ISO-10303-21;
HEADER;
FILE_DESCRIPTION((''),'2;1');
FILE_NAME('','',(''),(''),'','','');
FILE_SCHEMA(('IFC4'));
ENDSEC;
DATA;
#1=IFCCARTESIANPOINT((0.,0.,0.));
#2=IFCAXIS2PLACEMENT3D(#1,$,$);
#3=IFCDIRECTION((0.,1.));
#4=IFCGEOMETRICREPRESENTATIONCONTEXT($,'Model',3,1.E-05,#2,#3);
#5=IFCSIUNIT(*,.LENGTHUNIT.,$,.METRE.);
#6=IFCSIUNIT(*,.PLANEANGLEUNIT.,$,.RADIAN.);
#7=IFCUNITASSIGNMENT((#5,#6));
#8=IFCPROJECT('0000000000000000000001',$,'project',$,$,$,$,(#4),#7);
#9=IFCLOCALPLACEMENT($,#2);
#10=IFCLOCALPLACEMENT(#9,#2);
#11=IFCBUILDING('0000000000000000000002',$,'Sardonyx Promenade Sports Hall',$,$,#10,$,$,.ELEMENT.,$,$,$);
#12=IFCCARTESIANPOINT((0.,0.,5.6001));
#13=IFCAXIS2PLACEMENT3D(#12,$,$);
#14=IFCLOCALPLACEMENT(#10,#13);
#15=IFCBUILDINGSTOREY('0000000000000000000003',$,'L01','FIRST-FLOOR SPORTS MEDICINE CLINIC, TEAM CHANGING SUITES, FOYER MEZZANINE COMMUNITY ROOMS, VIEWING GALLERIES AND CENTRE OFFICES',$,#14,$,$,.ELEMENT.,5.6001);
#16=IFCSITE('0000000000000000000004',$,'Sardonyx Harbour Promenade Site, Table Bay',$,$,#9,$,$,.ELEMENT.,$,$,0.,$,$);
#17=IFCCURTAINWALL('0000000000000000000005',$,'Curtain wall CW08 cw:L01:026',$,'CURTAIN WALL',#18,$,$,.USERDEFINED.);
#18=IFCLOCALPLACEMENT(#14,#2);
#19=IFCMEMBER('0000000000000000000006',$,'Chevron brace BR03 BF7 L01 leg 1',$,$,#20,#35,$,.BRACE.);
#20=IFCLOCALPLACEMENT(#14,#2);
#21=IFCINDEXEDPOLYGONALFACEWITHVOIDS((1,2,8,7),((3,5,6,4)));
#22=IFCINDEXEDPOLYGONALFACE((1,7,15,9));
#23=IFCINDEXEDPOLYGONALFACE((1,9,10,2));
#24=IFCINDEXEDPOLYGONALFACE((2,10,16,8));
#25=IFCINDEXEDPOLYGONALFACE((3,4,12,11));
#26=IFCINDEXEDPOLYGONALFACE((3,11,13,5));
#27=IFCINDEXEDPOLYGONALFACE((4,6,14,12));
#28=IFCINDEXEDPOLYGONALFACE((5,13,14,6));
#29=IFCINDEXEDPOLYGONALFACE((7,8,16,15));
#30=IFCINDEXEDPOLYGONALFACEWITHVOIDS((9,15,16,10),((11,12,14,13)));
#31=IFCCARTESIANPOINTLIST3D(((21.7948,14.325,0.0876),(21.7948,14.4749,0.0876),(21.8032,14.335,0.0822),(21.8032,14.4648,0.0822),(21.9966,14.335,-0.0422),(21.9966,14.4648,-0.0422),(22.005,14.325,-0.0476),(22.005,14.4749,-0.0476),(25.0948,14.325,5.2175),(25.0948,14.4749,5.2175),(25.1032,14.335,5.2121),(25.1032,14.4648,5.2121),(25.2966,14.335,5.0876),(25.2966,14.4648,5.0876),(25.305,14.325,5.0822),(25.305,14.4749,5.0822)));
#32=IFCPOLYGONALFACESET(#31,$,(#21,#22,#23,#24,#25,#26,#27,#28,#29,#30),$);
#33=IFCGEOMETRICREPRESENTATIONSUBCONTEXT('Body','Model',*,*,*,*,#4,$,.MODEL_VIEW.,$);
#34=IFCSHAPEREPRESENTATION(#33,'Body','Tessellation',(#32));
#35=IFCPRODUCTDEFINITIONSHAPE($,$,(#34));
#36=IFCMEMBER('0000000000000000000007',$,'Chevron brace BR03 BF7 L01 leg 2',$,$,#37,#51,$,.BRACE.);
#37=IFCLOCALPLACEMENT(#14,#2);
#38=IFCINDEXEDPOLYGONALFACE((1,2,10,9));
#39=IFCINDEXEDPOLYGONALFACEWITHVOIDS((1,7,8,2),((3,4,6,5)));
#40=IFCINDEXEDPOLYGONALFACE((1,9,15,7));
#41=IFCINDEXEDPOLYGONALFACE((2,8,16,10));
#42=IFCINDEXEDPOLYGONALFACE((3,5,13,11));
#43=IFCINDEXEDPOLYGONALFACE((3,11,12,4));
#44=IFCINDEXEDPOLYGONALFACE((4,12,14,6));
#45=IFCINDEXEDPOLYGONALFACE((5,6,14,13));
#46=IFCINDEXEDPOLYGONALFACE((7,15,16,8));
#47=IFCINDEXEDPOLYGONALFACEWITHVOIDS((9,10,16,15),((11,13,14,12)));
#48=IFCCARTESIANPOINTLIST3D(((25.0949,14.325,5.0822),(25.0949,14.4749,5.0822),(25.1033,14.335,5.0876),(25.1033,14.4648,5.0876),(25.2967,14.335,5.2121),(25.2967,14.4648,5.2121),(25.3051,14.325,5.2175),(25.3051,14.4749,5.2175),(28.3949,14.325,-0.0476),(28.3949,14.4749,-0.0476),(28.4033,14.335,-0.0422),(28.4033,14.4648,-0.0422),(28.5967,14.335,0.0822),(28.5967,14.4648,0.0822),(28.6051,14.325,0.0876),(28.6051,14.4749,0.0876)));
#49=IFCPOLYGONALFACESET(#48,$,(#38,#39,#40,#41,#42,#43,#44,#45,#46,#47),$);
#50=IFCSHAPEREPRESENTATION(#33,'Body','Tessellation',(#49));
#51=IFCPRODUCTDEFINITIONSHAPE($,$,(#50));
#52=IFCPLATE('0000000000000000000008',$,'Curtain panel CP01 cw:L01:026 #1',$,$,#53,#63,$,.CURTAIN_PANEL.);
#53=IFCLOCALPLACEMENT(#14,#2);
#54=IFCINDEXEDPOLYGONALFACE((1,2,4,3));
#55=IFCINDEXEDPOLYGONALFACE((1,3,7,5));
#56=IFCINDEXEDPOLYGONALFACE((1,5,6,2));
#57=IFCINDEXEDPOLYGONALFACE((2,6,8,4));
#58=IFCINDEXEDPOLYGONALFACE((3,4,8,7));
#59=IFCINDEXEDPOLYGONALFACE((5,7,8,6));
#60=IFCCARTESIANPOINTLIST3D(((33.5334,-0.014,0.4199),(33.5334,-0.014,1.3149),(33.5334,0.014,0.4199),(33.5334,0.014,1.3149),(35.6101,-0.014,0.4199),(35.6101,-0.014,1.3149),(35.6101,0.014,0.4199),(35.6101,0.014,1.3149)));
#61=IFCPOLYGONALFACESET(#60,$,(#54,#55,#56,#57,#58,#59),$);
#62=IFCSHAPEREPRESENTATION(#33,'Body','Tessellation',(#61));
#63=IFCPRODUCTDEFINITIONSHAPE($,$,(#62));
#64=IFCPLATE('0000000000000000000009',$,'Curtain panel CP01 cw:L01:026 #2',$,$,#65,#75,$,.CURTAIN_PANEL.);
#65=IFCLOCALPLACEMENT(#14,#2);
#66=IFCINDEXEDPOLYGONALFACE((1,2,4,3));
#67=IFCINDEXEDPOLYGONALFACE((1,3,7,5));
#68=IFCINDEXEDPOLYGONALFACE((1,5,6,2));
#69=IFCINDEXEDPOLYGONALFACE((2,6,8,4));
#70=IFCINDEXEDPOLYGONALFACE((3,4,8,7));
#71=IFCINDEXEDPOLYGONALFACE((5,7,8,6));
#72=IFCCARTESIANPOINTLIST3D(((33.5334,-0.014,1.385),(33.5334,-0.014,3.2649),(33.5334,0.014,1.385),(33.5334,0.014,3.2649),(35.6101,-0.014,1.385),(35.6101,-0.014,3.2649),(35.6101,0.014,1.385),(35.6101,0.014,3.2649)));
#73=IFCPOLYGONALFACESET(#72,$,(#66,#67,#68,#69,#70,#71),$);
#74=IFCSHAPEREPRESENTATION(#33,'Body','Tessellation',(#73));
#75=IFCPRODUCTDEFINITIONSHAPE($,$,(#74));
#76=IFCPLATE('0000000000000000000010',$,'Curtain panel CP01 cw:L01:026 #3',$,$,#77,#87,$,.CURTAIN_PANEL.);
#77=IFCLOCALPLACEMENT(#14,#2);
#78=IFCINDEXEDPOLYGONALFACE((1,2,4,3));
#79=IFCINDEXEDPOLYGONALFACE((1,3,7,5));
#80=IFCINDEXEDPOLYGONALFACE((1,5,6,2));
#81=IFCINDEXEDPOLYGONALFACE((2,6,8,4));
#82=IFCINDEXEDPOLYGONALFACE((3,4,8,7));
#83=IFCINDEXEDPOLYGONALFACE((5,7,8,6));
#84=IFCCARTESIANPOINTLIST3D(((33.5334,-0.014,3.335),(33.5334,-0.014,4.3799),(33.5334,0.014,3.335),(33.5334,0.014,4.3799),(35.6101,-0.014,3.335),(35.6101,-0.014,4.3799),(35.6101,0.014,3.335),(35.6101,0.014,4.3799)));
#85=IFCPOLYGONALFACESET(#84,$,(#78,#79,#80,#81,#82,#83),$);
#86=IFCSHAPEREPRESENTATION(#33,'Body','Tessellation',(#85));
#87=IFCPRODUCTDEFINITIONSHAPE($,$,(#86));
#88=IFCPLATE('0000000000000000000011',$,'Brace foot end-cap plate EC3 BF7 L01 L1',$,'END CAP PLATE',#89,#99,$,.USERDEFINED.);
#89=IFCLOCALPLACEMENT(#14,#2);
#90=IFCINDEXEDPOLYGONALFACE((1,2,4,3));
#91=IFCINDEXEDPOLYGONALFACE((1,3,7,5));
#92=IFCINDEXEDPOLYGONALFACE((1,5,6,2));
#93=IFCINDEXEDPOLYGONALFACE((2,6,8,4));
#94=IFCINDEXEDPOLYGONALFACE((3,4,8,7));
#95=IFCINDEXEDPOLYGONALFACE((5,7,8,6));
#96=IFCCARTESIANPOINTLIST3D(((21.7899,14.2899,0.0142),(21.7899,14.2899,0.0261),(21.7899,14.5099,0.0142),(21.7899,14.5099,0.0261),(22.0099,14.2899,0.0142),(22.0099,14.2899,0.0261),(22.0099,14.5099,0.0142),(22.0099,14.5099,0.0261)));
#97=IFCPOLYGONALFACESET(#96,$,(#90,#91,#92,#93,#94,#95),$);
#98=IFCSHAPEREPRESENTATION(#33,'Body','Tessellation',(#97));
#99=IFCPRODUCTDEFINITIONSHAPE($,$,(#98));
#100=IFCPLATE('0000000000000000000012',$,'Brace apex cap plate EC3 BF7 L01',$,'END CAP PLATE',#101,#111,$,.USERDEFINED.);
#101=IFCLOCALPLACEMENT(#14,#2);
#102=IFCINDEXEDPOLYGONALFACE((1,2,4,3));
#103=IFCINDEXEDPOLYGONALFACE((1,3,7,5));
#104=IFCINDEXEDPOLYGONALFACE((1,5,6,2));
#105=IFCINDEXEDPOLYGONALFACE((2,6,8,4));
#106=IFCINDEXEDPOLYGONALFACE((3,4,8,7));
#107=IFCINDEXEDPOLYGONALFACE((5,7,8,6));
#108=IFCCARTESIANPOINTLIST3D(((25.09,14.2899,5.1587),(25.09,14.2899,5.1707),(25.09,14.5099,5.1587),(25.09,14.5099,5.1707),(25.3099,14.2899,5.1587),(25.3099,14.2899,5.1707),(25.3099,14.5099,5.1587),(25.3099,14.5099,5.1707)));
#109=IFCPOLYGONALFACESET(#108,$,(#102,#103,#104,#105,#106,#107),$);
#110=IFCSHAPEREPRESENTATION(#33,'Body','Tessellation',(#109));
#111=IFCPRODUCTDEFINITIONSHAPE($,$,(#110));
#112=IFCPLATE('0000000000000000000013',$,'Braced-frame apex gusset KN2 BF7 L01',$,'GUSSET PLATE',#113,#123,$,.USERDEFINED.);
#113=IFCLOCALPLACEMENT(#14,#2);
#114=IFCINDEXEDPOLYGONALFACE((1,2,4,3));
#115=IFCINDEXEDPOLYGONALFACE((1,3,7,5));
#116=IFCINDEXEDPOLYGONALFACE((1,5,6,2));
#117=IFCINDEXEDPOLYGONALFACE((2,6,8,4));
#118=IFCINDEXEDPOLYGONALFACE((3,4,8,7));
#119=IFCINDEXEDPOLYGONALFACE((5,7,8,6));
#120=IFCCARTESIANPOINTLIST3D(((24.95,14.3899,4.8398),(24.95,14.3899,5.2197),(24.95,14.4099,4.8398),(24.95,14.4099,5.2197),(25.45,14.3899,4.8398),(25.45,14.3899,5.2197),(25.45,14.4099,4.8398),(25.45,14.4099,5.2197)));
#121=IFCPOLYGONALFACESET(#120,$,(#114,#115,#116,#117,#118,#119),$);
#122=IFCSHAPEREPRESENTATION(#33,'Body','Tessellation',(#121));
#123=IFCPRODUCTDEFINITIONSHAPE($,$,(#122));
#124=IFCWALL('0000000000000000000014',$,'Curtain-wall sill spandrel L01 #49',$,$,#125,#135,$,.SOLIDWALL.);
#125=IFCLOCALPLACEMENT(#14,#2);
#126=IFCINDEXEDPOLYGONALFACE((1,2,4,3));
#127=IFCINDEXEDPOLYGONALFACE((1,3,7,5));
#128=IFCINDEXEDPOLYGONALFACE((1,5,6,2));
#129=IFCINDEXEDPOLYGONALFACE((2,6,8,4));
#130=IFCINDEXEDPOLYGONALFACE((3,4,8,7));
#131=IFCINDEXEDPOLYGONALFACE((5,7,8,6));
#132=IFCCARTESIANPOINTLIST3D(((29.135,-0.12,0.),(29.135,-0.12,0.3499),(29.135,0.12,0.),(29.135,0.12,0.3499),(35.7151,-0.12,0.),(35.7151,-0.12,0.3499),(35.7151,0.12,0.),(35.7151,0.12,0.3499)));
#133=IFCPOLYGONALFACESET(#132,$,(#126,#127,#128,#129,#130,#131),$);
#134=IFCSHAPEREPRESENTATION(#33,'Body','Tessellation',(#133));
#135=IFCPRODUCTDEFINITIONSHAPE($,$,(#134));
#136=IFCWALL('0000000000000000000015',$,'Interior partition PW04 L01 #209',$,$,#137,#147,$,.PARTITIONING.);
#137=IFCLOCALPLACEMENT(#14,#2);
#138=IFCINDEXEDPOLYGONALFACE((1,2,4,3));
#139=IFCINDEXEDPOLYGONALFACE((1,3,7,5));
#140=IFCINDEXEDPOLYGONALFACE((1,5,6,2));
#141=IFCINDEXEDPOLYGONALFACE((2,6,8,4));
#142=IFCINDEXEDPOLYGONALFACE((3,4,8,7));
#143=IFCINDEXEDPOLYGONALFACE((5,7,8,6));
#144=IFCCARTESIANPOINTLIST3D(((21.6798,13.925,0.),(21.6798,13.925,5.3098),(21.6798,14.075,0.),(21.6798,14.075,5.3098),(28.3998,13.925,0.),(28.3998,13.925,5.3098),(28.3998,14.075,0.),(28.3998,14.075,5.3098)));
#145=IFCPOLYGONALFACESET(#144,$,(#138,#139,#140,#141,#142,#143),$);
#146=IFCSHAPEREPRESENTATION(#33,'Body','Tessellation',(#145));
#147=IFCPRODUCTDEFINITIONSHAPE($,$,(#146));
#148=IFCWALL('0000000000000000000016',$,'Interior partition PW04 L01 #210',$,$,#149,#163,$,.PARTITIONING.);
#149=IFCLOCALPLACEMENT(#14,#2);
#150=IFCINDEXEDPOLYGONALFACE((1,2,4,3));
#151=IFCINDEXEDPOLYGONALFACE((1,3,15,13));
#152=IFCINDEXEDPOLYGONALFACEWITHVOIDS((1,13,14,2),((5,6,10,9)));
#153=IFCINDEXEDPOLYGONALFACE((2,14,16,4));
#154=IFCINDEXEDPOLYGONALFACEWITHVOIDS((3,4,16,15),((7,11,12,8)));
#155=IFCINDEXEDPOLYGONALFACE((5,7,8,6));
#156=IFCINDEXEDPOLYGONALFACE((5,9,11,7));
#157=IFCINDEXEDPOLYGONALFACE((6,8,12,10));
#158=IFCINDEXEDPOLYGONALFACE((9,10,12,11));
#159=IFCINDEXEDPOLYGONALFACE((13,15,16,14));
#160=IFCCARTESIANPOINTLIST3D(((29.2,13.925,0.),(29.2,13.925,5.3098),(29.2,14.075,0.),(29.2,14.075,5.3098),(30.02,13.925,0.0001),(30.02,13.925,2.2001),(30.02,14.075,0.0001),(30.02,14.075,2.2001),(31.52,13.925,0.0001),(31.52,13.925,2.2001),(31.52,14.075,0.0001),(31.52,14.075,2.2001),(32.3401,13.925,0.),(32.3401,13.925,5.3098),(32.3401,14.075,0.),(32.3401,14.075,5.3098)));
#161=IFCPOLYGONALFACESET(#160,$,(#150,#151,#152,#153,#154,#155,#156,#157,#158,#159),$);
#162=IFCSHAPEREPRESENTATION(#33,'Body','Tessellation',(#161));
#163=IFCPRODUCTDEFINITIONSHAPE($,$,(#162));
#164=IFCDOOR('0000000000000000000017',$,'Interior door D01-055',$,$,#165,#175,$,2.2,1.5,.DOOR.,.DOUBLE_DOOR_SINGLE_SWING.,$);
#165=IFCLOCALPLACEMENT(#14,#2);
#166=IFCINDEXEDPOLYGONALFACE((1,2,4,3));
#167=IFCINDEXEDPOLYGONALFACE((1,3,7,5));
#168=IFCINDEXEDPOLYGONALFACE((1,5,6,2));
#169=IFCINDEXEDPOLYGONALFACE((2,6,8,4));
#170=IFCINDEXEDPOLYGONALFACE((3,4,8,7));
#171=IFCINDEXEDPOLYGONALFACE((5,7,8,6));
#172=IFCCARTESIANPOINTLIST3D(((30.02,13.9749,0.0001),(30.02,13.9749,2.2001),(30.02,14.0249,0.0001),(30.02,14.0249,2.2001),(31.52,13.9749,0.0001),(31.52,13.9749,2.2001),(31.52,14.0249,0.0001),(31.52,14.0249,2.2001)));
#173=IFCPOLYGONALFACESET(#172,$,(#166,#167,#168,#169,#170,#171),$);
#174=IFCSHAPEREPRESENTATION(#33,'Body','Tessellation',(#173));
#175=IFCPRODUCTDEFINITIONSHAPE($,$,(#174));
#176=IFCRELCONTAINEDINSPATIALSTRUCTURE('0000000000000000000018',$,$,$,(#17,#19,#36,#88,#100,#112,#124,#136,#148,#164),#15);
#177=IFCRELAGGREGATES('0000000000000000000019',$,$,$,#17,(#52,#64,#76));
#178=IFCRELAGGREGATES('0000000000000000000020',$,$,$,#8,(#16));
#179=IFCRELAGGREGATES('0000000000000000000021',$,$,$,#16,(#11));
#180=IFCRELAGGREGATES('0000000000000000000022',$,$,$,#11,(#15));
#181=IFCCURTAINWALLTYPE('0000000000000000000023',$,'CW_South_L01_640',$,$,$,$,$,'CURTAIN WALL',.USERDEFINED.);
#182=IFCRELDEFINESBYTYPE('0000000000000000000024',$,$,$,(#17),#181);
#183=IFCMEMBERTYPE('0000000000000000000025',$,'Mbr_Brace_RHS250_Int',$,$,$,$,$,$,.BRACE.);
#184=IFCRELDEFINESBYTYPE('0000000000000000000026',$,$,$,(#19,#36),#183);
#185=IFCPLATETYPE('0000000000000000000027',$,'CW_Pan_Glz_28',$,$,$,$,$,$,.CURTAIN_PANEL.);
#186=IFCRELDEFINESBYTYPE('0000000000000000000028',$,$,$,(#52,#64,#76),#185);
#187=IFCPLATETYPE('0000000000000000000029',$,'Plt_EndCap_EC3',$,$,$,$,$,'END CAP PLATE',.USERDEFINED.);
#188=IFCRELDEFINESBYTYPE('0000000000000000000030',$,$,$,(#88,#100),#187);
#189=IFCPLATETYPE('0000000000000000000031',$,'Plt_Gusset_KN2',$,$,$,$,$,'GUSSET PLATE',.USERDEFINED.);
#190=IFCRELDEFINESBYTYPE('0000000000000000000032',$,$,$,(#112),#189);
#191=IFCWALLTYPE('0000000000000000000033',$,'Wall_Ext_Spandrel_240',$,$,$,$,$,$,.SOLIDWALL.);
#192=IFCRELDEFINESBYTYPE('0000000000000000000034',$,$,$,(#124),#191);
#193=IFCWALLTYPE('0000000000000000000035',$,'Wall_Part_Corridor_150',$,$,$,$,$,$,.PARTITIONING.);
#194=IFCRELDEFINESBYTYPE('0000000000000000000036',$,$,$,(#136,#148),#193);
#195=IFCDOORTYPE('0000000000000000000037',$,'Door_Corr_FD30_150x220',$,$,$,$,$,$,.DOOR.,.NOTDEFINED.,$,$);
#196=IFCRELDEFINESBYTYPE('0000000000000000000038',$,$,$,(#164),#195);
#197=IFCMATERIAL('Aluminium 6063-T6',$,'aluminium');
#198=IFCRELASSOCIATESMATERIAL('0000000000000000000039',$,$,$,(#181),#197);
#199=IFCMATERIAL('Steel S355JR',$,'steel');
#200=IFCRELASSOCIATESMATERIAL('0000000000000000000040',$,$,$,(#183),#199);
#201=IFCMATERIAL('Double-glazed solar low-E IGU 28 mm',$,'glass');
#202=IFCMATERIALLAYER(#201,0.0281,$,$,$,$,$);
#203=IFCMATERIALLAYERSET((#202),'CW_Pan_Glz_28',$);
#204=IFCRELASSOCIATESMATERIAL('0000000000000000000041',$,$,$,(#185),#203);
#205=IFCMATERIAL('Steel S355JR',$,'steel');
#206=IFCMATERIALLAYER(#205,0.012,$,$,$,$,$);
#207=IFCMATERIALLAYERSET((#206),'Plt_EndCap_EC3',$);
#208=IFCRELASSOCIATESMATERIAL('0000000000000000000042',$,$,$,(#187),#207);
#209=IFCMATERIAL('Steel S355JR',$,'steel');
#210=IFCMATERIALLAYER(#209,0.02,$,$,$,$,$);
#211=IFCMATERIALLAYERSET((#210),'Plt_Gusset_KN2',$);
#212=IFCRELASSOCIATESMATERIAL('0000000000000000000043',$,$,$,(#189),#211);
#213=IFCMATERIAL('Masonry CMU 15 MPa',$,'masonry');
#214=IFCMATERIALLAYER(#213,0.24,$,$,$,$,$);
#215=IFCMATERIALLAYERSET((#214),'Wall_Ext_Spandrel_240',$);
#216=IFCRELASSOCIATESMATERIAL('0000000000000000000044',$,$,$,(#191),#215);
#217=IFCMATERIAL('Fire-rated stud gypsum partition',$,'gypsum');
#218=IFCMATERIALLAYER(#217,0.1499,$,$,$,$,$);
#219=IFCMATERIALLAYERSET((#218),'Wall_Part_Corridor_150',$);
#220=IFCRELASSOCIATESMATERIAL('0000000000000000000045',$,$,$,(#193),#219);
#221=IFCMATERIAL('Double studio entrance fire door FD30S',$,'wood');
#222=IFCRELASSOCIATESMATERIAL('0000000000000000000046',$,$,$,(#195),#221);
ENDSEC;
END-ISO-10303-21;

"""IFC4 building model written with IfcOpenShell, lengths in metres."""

from ifc_helpers import new_model, si_unit, direction, frame, frame_2d, origin, origin_2d, place, context, subcontext, project, spatial, rectangle, hollow_rectangle, extrude, material, layer, layer_set, material_profile, profile_set, type_object, element, fill, aggregate, save


model = new_model("IFC4")

# Units and contexts
model_context = context("Model", 3, precision=1e-05, world=origin(), true_north=direction((0.0, 1.0)))
body_context = subcontext(model_context, "Body", "Model", "MODEL_VIEW")
ifc_project = project(units=[si_unit("LENGTHUNIT", "METRE"), si_unit("PLANEANGLEUNIT", "RADIAN")], contexts=[model_context])

# Site, building, storey
site_placement = place(None, origin())
site = spatial("IfcSite", under=ifc_project, at=site_placement, Name="Sardonyx Harbour Promenade Site, Table Bay", CompositionType="ELEMENT", RefElevation=0.0)
building_placement = place(site_placement, origin())
building = spatial("IfcBuilding", under=site, at=building_placement, Name="Sardonyx Promenade Sports Hall", CompositionType="ELEMENT")
storey_placement = place(building_placement, frame((0.0, 0.0, 5.6001)))
storey = spatial("IfcBuildingStorey", under=building, at=storey_placement, Name="L01", Description="FIRST-FLOOR SPORTS MEDICINE CLINIC, TEAM CHANGING SUITES, FOYER MEZZANINE COMMUNITY ROOMS, VIEWING GALLERIES AND CENTRE OFFICES", CompositionType="ELEMENT", Elevation=5.6001)

# Curtain wall
ifc_material_1 = material(Name="Aluminium 6063-T6", Category="aluminium")
curtain_wall_type = type_object("IfcCurtainWallType", Name="CW_South_L01_640", ElementType="CURTAIN WALL", PredefinedType="USERDEFINED", material=ifc_material_1)
curtain_wall_placement = place(storey_placement, origin())
curtain_wall = element("IfcCurtainWall", 1, at=curtain_wall_placement, inside=storey, type_object=curtain_wall_type, Name="Curtain wall CW08 cw:L01:026", ObjectType="CURTAIN WALL", PredefinedType="USERDEFINED")

# Members
ifc_material_2 = material(Name="Steel S355JR", Category="steel")
ifc_material_profile_1 = material_profile(ifc_material_2, hollow_rectangle(XDim=0.1499, YDim=0.25, WallThickness=0.01, at=origin_2d()))
ifc_profile_set_1 = profile_set([ifc_material_profile_1], Name="Steel S355JR")
member_type_1 = type_object("IfcMemberType", Name="Mbr_Brace_RHS250_Int", PredefinedType="BRACE", material=ifc_profile_set_1)
for number, where, z_axis, x_axis, name in (
    (2, (21.8999, 14.3999, 0.02), (0.541021, 0.0, 0.841009), (0.0, 1.0, 0.0), "Chevron brace BR03 BF7 L01 leg 1"),
    (3, (28.5, 14.3999, 0.02), (-0.541021, 0.0, 0.841009), (0.0, -1.0, 0.0), "Chevron brace BR03 BF7 L01 leg 2"),
):
    element("IfcMember", number, at=place(storey_placement, frame(where, z_axis=z_axis, x_axis=x_axis)), inside=storey, type_object=member_type_1, Name=name, PredefinedType="BRACE", context=body_context, shape_type="SweptSolid", body=[
        extrude(hollow_rectangle(XDim=0.1499, YDim=0.25, WallThickness=0.01, at=origin_2d()), origin(), (0.0, 0.0, 1.0), 6.0996),
    ])

# Plates
ifc_material_3 = material(Name="Double-glazed solar low-E IGU 28 mm", Category="glass")
ifc_layer_1 = layer(ifc_material_3, 0.0281)
ifc_layer_set_1 = layer_set([ifc_layer_1], Name="CW_Pan_Glz_28")
plate_type_1 = type_object("IfcPlateType", Name="CW_Pan_Glz_28", PredefinedType="CURTAIN_PANEL", material=ifc_layer_set_1)
plate_1_placement = place(storey_placement, frame((34.5718, 0.0, 0.4199), z_axis=(0.0, 0.0, 1.0), x_axis=(-1.0, 0.0, 0.0)))
plate_1 = element("IfcPlate", 4, at=plate_1_placement, type_object=plate_type_1, Name="Curtain panel CP01 cw:L01:026 #1", PredefinedType="CURTAIN_PANEL", context=body_context, shape_type="SweptSolid", body=[
    extrude(rectangle(XDim=2.0767, YDim=0.0281, at=origin_2d()), origin(), (0.0, 0.0, 1.0), 0.895),
])
plate_2_placement = place(storey_placement, frame((34.5718, 0.0, 1.385), z_axis=(0.0, 0.0, 1.0), x_axis=(-1.0, 0.0, 0.0)))
plate_2 = element("IfcPlate", 5, at=plate_2_placement, type_object=plate_type_1, Name="Curtain panel CP01 cw:L01:026 #2", PredefinedType="CURTAIN_PANEL", context=body_context, shape_type="SweptSolid", body=[
    extrude(rectangle(XDim=2.0767, YDim=0.0281, at=origin_2d()), origin(), (0.0, 0.0, 1.0), 1.8799),
])
plate_3_placement = place(storey_placement, frame((34.5718, 0.0, 3.335), z_axis=(0.0, 0.0, 1.0), x_axis=(-1.0, 0.0, 0.0)))
plate_3 = element("IfcPlate", 6, at=plate_3_placement, type_object=plate_type_1, Name="Curtain panel CP01 cw:L01:026 #3", PredefinedType="CURTAIN_PANEL", context=body_context, shape_type="SweptSolid", body=[
    extrude(rectangle(XDim=2.0767, YDim=0.0281, at=origin_2d()), origin(), (0.0, 0.0, 1.0), 1.0449),
])
aggregate(curtain_wall, [plate_1, plate_2, plate_3])

# Plates
ifc_material_4 = material(Name="Steel S355JR", Category="steel")
ifc_layer_2 = layer(ifc_material_4, 0.012)
ifc_layer_set_2 = layer_set([ifc_layer_2], Name="Plt_EndCap_EC3")
plate_type_2 = type_object("IfcPlateType", Name="Plt_EndCap_EC3", ElementType="END CAP PLATE", PredefinedType="USERDEFINED", material=ifc_layer_set_2)
for number, where, z_axis, x_axis, name in (
    (7, (21.8999, 14.3999, 0.0142), (0.0, 0.0, 1.0), (1.0, 0.0, 0.0), "Brace foot end-cap plate EC3 BF7 L01 L1"),
    (8, (25.2, 14.3999, 5.1587), (0.0, 0.0, 1.0), (1.0, 0.0, 0.0), "Brace apex cap plate EC3 BF7 L01"),
):
    element("IfcPlate", number, at=place(storey_placement, frame(where, z_axis=z_axis, x_axis=x_axis)), inside=storey, type_object=plate_type_2, Name=name, ObjectType="END CAP PLATE", PredefinedType="USERDEFINED", context=body_context, shape_type="SweptSolid", body=[
        extrude(rectangle(XDim=0.22, YDim=0.22, at=origin_2d()), origin(), (0.0, 0.0, 1.0), 0.012),
    ])
ifc_material_5 = material(Name="Steel S355JR", Category="steel")
ifc_layer_3 = layer(ifc_material_5, 0.02)
ifc_layer_set_3 = layer_set([ifc_layer_3], Name="Plt_Gusset_KN2")
plate_type_3 = type_object("IfcPlateType", Name="Plt_Gusset_KN2", ElementType="GUSSET PLATE", PredefinedType="USERDEFINED", material=ifc_layer_set_3)
plate_4_placement = place(storey_placement, frame((25.2, 14.3999, 4.8398), z_axis=(0.0, 0.0, 1.0), x_axis=(1.0, 0.0, 0.0)))
element("IfcPlate", 9, at=plate_4_placement, inside=storey, type_object=plate_type_3, Name="Braced-frame apex gusset KN2 BF7 L01", ObjectType="GUSSET PLATE", PredefinedType="USERDEFINED", context=body_context, shape_type="SweptSolid", body=[
    extrude(rectangle(XDim=0.5, YDim=0.02, at=origin_2d()), origin(), (0.0, 0.0, 1.0), 0.3799),
])

# Walls
ifc_material_6 = material(Name="Masonry CMU 15 MPa", Category="masonry")
ifc_layer_4 = layer(ifc_material_6, 0.24)
ifc_layer_set_4 = layer_set([ifc_layer_4], Name="Wall_Ext_Spandrel_240")
wall_type_1 = type_object("IfcWallType", Name="Wall_Ext_Spandrel_240", PredefinedType="SOLIDWALL", material=ifc_layer_set_4)
wall_1_placement = place(storey_placement, frame((35.7151, 0.0, 0.0), z_axis=(0.0, 0.0, 1.0), x_axis=(-1.0, 0.0, 0.0)))
element("IfcWall", 10, at=wall_1_placement, inside=storey, type_object=wall_type_1, Name="Curtain-wall sill spandrel L01 #49", PredefinedType="SOLIDWALL", context=body_context, shape_type="SweptSolid", body=[
    extrude(rectangle(XDim=6.5801, YDim=0.24, at=frame_2d((3.29, 0.0))), origin(), (0.0, 0.0, 1.0), 0.3499),
])
ifc_material_7 = material(Name="Fire-rated stud gypsum partition", Category="gypsum")
ifc_layer_5 = layer(ifc_material_7, 0.1499)
ifc_layer_set_5 = layer_set([ifc_layer_5], Name="Wall_Part_Corridor_150")
wall_type_2 = type_object("IfcWallType", Name="Wall_Part_Corridor_150", PredefinedType="PARTITIONING", material=ifc_layer_set_5)
wall_2_placement = place(storey_placement, frame((21.6799, 14.0, 0.0), z_axis=(0.0, 0.0, 1.0), x_axis=(1.0, 0.0, 0.0)))
element("IfcWall", 11, at=wall_2_placement, inside=storey, type_object=wall_type_2, Name="Interior partition PW04 L01 #209", PredefinedType="PARTITIONING", context=body_context, shape_type="SweptSolid", body=[
    extrude(rectangle(XDim=6.72, YDim=0.1499, at=frame_2d((3.3599, 0.0))), origin(), (0.0, 0.0, 1.0), 5.3098),
])

# Wall, opening, door
wall_3_placement = place(storey_placement, frame((29.2, 14.0, 0.0), z_axis=(0.0, 0.0, 1.0), x_axis=(1.0, 0.0, 0.0)))
wall_3 = element("IfcWall", 12, at=wall_3_placement, inside=storey, type_object=wall_type_2, Name="Interior partition PW04 L01 #210", PredefinedType="PARTITIONING", context=body_context, shape_type="SweptSolid", body=[
    extrude(rectangle(XDim=3.1401, YDim=0.1499, at=frame_2d((1.5701, 0.0))), origin(), (0.0, 0.0, 1.0), 5.3098),
])
opening_1_placement = place(wall_3_placement, frame((0.8201, 0.0, 0.0)))
opening_1 = element("IfcOpeningElement", 13, at=opening_1_placement, cuts=wall_3, PredefinedType="OPENING", context=body_context, shape_type="SweptSolid", body=[
    extrude(rectangle(XDim=1.5, YDim=2.2, at=frame_2d((0.75, 1.1001))), frame((0.0, 0.085, 0.0), z_axis=(0.0, -1.0, 0.0), x_axis=(1.0, 0.0, 0.0)), (0.0, 0.0, 1.0), 0.17),
])
ifc_material_8 = material(Name="Double studio entrance fire door FD30S", Category="wood")
door_type_1 = type_object("IfcDoorType", Name="Door_Corr_FD30_150x220", OperationType="NOTDEFINED", PredefinedType="DOOR", material=ifc_material_8)
door_1_placement = place(opening_1_placement, origin())
door_1 = element("IfcDoor", 14, at=door_1_placement, inside=storey, type_object=door_type_1, Name="Interior door D01-055", OperationType="DOUBLE_DOOR_SINGLE_SWING", OverallHeight=2.2, OverallWidth=1.5, PredefinedType="DOOR", context=body_context, shape_type="SweptSolid", body=[
    extrude(rectangle(XDim=1.5, YDim=2.2, at=frame_2d((0.75, 1.1001))), frame((0.0, 0.0249, 0.0), z_axis=(0.0, -1.0, 0.0), x_axis=(1.0, 0.0, 0.0)), (0.0, 0.0, 1.0), 0.05),
])
fill(opening_1, door_1)

save(model, "model.ifc")
